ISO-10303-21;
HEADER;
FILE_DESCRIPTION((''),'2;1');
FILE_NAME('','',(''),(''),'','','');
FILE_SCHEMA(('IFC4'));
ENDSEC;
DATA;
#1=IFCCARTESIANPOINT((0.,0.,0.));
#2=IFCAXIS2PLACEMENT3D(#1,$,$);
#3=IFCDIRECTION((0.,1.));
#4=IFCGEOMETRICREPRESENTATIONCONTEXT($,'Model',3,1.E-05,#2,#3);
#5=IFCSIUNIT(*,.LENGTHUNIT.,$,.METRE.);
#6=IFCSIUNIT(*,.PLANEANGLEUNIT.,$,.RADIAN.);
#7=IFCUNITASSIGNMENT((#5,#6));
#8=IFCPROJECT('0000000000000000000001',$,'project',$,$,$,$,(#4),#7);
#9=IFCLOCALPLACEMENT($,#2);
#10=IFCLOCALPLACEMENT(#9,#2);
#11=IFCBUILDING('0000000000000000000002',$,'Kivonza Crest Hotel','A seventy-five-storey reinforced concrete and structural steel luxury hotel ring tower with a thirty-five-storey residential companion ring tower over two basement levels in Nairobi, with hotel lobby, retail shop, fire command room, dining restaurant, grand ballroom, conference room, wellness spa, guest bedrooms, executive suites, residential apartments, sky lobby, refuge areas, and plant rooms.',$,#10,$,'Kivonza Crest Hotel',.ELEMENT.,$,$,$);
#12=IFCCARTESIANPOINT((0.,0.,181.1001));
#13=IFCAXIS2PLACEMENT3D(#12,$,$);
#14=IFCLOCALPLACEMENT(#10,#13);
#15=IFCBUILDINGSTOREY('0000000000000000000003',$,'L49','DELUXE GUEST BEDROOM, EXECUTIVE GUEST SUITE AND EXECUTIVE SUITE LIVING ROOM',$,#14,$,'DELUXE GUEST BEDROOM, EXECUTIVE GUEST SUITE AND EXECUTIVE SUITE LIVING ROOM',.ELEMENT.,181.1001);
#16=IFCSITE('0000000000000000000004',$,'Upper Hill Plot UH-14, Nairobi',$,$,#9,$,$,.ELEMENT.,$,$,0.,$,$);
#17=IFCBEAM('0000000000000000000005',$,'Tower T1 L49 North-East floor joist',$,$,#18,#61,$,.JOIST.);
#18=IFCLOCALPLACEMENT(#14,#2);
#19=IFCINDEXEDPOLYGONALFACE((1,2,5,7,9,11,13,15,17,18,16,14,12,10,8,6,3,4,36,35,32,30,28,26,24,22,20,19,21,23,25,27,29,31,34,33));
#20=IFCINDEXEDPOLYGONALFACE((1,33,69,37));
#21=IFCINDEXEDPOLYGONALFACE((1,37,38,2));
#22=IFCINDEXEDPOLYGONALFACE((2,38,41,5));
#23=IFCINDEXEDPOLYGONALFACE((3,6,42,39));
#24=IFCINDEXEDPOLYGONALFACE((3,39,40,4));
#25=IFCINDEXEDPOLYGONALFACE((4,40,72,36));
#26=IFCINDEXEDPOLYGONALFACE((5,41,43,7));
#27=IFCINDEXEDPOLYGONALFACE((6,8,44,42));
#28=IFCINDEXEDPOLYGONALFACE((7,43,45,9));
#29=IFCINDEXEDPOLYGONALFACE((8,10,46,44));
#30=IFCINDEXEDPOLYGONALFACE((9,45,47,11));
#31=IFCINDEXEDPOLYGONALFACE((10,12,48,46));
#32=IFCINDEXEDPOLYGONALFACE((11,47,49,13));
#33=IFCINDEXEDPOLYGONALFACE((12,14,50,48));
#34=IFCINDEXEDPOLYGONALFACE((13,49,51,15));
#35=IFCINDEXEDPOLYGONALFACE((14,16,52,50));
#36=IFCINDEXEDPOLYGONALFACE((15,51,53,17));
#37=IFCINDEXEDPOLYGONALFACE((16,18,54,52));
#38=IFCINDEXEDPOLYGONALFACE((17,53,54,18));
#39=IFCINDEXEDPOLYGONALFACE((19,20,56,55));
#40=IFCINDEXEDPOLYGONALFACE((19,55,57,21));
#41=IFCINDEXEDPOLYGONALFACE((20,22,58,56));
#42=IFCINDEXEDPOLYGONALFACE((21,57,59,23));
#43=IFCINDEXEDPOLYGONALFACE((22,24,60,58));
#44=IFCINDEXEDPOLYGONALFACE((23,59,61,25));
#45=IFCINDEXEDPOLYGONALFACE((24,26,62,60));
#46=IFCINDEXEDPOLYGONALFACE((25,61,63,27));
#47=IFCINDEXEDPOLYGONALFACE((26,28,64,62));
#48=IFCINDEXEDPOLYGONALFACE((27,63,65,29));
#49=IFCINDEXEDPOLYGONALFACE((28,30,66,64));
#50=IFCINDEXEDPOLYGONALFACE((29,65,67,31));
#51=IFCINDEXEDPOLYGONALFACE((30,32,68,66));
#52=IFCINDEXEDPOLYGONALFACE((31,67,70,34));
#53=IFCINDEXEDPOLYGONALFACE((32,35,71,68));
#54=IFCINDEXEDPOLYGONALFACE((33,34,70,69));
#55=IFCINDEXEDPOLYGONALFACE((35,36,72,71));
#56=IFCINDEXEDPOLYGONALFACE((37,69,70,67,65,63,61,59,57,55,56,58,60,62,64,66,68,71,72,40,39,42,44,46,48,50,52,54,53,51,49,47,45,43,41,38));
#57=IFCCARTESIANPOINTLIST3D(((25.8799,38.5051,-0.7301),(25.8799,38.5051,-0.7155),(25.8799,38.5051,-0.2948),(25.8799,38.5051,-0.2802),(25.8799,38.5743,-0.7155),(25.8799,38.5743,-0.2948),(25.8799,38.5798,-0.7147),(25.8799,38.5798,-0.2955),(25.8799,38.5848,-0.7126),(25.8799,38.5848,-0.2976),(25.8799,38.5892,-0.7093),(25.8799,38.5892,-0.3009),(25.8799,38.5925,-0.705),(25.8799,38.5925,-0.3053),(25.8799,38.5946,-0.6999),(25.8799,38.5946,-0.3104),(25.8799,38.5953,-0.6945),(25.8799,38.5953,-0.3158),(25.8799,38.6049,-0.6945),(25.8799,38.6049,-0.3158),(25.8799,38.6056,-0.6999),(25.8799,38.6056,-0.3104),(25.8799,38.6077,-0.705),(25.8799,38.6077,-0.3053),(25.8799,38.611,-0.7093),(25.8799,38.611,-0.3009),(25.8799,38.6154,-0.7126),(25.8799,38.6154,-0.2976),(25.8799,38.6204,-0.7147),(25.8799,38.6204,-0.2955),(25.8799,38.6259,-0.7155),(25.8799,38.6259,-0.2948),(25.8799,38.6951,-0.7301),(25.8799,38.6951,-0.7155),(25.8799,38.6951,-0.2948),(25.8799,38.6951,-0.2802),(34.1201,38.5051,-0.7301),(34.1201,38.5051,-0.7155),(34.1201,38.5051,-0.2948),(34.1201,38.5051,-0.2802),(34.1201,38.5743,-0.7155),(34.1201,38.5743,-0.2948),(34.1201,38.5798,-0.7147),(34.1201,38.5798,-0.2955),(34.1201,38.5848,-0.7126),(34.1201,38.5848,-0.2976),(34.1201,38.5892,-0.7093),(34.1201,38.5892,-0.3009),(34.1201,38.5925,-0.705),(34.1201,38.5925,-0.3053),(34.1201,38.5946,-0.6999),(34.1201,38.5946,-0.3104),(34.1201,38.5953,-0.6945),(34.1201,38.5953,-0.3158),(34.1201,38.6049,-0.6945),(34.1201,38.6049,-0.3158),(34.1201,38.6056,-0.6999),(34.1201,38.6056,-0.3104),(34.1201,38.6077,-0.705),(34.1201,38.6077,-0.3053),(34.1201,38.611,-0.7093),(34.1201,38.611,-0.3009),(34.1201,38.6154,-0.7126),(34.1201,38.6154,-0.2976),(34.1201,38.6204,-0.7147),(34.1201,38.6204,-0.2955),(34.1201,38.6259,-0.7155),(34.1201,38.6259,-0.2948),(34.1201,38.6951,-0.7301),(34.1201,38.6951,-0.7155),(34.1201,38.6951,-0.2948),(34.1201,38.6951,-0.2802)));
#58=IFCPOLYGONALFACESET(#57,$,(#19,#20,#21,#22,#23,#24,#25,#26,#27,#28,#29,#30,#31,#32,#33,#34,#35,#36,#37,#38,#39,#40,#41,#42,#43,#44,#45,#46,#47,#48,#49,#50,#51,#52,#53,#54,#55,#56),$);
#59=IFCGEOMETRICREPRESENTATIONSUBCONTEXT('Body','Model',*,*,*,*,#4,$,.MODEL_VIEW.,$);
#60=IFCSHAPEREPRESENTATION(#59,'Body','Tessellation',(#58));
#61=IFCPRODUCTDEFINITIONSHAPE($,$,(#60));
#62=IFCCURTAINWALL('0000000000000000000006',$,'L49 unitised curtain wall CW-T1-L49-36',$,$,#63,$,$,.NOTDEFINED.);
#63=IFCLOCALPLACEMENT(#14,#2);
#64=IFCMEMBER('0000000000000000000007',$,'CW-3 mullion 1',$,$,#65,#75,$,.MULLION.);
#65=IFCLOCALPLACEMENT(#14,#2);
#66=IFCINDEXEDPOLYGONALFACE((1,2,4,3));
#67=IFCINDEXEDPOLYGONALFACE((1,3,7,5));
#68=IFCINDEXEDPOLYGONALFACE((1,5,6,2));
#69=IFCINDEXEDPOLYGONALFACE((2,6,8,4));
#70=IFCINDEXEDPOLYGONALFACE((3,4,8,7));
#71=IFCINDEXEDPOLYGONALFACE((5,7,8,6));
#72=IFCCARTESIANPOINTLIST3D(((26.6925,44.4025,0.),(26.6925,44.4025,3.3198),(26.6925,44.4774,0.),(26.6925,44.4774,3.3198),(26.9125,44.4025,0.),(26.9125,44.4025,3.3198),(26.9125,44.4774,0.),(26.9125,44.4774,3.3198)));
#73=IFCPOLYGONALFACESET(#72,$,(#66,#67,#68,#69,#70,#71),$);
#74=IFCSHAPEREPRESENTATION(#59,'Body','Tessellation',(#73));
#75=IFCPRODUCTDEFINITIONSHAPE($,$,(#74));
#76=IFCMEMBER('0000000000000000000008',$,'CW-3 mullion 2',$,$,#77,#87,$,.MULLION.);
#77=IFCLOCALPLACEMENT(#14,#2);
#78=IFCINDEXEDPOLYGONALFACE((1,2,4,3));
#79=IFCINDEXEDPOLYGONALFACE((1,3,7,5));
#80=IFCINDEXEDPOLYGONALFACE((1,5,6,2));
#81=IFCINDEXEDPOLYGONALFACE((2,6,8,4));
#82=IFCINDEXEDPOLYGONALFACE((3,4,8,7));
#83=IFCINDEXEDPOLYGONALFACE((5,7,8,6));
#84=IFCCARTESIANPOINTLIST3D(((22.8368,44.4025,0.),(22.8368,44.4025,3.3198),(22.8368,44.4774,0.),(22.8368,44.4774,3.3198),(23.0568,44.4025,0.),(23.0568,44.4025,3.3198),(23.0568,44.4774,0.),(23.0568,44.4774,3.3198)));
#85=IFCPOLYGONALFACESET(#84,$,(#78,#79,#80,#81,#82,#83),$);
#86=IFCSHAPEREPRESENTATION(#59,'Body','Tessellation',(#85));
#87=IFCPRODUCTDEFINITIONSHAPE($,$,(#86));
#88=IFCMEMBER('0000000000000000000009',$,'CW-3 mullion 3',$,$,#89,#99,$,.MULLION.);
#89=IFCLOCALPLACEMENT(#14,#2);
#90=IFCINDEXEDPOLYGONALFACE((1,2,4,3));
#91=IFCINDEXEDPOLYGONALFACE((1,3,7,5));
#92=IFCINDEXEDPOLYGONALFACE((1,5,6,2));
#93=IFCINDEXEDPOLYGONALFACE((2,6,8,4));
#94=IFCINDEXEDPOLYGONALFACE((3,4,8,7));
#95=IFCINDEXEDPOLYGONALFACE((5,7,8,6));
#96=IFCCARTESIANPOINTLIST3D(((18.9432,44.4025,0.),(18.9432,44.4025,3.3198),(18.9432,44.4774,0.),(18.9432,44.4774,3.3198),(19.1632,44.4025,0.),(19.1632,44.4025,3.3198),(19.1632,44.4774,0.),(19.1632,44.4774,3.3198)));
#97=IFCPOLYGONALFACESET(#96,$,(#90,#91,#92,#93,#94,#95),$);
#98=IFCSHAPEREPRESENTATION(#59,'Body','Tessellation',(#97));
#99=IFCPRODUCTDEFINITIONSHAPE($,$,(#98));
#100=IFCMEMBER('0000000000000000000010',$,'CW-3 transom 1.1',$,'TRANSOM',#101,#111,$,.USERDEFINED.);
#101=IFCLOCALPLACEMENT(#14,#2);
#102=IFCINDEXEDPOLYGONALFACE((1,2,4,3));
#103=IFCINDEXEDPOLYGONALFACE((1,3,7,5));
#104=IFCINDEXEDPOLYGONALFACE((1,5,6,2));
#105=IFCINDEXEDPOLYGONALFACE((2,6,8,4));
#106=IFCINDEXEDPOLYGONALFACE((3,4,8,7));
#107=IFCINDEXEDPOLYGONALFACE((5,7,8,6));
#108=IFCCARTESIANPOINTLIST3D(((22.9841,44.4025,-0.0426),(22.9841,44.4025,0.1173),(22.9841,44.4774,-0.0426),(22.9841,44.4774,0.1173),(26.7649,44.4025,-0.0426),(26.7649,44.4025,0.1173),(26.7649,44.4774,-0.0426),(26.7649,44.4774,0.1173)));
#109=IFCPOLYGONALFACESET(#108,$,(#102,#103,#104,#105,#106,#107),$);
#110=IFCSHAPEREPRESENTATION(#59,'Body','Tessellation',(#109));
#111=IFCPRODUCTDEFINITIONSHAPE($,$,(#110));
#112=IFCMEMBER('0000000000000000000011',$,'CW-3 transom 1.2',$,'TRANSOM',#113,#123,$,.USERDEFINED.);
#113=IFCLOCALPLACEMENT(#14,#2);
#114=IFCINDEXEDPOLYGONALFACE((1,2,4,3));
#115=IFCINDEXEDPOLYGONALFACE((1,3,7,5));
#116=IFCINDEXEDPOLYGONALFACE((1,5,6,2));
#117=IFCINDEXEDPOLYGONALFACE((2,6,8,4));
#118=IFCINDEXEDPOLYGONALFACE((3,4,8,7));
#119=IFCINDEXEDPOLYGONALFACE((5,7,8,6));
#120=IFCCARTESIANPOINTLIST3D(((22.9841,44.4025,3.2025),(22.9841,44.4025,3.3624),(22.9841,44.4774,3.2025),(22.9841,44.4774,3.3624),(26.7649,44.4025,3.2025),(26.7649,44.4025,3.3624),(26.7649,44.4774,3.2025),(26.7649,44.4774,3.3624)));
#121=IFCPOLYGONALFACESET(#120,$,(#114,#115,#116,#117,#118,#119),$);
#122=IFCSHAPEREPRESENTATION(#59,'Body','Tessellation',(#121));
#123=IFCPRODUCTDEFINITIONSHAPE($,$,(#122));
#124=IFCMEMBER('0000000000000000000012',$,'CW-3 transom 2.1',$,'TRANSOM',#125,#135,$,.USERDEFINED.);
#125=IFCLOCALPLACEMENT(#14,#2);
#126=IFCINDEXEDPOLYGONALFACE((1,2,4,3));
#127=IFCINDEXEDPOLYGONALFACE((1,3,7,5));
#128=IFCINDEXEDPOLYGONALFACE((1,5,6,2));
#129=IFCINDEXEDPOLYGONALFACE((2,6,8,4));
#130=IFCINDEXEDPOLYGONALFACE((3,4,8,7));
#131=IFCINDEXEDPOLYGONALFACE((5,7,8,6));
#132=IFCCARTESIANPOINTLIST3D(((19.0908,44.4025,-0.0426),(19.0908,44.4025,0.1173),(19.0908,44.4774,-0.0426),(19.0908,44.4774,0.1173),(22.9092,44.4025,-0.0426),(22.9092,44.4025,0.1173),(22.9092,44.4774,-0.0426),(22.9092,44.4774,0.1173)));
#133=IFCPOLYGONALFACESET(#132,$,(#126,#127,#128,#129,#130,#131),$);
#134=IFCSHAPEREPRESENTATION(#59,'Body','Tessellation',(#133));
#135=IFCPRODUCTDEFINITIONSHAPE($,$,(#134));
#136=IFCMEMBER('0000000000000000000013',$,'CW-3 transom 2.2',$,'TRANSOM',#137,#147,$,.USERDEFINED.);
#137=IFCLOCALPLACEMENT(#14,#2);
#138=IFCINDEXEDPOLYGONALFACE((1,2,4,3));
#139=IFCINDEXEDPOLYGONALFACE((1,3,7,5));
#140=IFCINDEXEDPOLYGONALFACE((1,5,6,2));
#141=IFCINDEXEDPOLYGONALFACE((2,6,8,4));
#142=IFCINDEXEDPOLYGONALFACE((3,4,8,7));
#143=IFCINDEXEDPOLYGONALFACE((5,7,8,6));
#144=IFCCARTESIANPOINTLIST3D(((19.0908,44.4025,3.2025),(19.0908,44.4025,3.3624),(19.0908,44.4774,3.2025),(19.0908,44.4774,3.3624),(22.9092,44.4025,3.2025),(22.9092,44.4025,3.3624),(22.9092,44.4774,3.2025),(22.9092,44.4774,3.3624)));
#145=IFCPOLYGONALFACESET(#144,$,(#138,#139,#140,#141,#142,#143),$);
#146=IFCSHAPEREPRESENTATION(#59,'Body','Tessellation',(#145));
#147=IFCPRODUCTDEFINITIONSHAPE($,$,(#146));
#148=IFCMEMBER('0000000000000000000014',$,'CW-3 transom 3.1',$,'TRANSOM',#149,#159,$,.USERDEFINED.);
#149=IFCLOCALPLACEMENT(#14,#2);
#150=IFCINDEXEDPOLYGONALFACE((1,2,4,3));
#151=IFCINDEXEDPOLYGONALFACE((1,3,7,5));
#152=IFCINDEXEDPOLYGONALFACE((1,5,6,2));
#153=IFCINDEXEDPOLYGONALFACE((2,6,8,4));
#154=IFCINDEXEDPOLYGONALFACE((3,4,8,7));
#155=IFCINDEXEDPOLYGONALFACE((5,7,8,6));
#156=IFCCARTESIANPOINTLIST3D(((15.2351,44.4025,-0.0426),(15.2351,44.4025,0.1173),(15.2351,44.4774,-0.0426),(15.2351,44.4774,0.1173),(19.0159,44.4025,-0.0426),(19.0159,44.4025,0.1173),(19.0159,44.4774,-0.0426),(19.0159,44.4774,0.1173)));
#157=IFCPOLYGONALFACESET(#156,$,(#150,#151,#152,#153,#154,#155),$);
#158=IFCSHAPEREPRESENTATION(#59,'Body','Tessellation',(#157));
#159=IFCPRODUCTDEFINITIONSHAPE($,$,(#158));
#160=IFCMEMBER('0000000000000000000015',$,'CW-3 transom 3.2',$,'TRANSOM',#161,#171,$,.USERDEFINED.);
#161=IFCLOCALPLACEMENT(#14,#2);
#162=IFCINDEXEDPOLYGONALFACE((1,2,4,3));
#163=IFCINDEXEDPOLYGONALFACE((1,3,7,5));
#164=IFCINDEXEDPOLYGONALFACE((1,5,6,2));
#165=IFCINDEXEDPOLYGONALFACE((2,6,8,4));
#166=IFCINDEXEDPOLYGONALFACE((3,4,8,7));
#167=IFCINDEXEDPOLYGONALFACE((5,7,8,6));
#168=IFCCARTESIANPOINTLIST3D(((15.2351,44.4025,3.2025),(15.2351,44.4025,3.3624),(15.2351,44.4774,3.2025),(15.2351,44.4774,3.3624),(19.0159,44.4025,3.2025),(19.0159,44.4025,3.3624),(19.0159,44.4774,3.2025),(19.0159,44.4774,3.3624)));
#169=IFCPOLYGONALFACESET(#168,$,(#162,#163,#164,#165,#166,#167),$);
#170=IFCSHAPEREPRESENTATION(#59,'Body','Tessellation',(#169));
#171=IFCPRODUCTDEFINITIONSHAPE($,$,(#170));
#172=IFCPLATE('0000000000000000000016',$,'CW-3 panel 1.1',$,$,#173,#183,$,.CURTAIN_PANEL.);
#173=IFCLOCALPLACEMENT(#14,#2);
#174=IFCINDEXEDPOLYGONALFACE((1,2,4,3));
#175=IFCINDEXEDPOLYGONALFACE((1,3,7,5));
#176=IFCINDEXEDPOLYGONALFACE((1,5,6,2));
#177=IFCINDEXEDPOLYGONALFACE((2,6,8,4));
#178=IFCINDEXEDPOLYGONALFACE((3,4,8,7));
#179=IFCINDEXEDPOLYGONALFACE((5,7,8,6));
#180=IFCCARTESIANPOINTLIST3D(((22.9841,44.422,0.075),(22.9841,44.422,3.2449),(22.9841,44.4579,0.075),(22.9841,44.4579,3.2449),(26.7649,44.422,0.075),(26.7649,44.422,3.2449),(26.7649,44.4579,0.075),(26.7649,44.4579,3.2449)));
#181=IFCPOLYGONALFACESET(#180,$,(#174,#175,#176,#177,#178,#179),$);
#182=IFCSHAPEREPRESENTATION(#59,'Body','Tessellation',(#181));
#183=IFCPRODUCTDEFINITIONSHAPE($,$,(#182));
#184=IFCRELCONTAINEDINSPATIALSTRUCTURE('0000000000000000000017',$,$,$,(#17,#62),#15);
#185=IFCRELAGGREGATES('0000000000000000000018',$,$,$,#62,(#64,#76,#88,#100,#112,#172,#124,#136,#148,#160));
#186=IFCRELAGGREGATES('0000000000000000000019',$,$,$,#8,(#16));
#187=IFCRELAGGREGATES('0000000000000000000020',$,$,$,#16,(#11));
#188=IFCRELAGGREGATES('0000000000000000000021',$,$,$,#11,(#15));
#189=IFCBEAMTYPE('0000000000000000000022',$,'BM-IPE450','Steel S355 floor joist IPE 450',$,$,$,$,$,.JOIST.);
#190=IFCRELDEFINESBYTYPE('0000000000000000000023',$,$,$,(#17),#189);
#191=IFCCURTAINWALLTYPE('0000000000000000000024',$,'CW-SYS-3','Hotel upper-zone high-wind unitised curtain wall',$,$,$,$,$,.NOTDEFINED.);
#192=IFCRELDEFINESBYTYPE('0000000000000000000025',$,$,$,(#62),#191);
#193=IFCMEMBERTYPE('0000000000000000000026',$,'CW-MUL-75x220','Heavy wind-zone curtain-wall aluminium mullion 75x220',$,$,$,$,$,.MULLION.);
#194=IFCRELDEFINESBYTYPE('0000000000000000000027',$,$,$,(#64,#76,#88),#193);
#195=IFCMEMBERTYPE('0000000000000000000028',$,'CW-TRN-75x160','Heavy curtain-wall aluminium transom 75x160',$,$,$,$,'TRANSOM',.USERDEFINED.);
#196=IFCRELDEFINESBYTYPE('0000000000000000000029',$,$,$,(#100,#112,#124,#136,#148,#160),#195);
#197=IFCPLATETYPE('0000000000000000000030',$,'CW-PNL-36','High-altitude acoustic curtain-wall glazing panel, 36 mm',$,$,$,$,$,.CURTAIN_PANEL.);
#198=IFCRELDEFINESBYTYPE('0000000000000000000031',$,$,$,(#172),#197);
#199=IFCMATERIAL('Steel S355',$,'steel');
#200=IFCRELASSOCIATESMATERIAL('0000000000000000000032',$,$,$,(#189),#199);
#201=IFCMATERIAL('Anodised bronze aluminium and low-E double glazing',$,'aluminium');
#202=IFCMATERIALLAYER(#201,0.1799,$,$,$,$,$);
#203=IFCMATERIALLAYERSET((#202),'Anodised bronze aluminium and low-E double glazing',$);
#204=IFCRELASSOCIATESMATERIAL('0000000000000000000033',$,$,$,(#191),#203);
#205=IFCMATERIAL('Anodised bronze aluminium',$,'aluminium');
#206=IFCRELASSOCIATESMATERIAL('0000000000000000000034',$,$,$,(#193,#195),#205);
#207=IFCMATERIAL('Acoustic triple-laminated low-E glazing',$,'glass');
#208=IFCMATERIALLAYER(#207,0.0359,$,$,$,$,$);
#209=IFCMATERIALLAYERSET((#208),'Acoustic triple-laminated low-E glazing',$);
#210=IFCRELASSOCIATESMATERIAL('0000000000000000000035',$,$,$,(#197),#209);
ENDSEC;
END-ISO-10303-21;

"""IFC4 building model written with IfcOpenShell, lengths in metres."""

from ifc_helpers import new_model, si_unit, direction, frame, origin, origin_2d, place, context, subcontext, project, spatial, rectangle, i_section, extrude, material, layer, layer_set, material_profile, profile_set, type_object, element, aggregate, save


model = new_model("IFC4")

# Units and contexts
model_context = context("Model", 3, precision=1e-05, world=origin(), true_north=direction((0.0, 1.0)))
body_context = subcontext(model_context, "Body", "Model", "MODEL_VIEW")
ifc_project = project(units=[si_unit("LENGTHUNIT", "METRE"), si_unit("PLANEANGLEUNIT", "RADIAN")], contexts=[model_context])

# Site, building, storey
site_placement = place(None, origin())
site = spatial("IfcSite", under=ifc_project, at=site_placement, Name="Upper Hill Plot UH-14, Nairobi", CompositionType="ELEMENT", RefElevation=0.0)
building_placement = place(site_placement, origin())
building = spatial("IfcBuilding", under=site, at=building_placement, Name="Kivonza Crest Hotel", Description="A seventy-five-storey reinforced concrete and structural steel luxury hotel ring tower with a thirty-five-storey residential companion ring tower over two basement levels in Nairobi, with hotel lobby, retail shop, fire command room, dining restaurant, grand ballroom, conference room, wellness spa, guest bedrooms, executive suites, residential apartments, sky lobby, refuge areas, and plant rooms.", LongName="Kivonza Crest Hotel", CompositionType="ELEMENT")
storey_placement = place(building_placement, frame((0.0, 0.0, 181.1001)))
storey = spatial("IfcBuildingStorey", under=building, at=storey_placement, Name="L49", Description="DELUXE GUEST BEDROOM, EXECUTIVE GUEST SUITE AND EXECUTIVE SUITE LIVING ROOM", LongName="DELUXE GUEST BEDROOM, EXECUTIVE GUEST SUITE AND EXECUTIVE SUITE LIVING ROOM", CompositionType="ELEMENT", Elevation=181.1001)

# Beam
ifc_material_1 = material(Name="Steel S355", Category="steel")
ifc_material_profile_1 = material_profile(ifc_material_1, i_section(OverallWidth=0.1899, OverallDepth=0.45, WebThickness=0.0095, FlangeThickness=0.0146, FilletRadius=0.021, at=origin_2d()), Name="IPE 450")
ifc_profile_set_1 = profile_set([ifc_material_profile_1], Name="Steel S355")
beam_type_1 = type_object("IfcBeamType", Name="BM-IPE450", Description="Steel S355 floor joist IPE 450", PredefinedType="JOIST", material=ifc_profile_set_1)
beam_1_placement = place(storey_placement, frame((25.8799, 38.6001, -0.5051), z_axis=(1.0, 0.0, 0.0), x_axis=(0.0, 1.0, 0.0)))
element("IfcBeam", 1, at=beam_1_placement, inside=storey, type_object=beam_type_1, Name="Tower T1 L49 North-East floor joist", PredefinedType="JOIST", context=body_context, shape_type="SweptSolid", body=[
    extrude(i_section(OverallWidth=0.1899, OverallDepth=0.45, WebThickness=0.0095, FlangeThickness=0.0146, FilletRadius=0.021, at=origin_2d()), origin(), (0.0, 0.0, 1.0), 8.2402),
])

# Curtain wall, members, plate
ifc_material_2 = material(Name="Anodised bronze aluminium and low-E double glazing", Category="aluminium")
ifc_layer_1 = layer(ifc_material_2, 0.1799)
ifc_layer_set_1 = layer_set([ifc_layer_1], Name="Anodised bronze aluminium and low-E double glazing")
curtain_wall_type = type_object("IfcCurtainWallType", Name="CW-SYS-3", Description="Hotel upper-zone high-wind unitised curtain wall", PredefinedType="NOTDEFINED", material=ifc_layer_set_1)
curtain_wall_placement = place(storey_placement, origin())
curtain_wall = element("IfcCurtainWall", 2, at=curtain_wall_placement, inside=storey, type_object=curtain_wall_type, Name="L49 unitised curtain wall CW-T1-L49-36", PredefinedType="NOTDEFINED")
ifc_material_3 = material(Name="Anodised bronze aluminium", Category="aluminium")
ifc_material_profile_2 = material_profile(ifc_material_3, rectangle(XDim=0.075, YDim=0.22, at=origin_2d()), Name="CW-M 75x220")
ifc_profile_set_2 = profile_set([ifc_material_profile_2], Name="Anodised bronze aluminium")
member_type_1 = type_object("IfcMemberType", Name="CW-MUL-75x220", Description="Heavy wind-zone curtain-wall aluminium mullion 75x220", PredefinedType="MULLION", material=ifc_profile_set_2)
member_1_placement = place(storey_placement, frame((26.8025, 44.4399, 0.0), z_axis=(0.0, 0.0, 1.0), x_axis=(0.0, -1.0, 0.0)))
member_1 = element("IfcMember", 3, at=member_1_placement, type_object=member_type_1, Name="CW-3 mullion 1", PredefinedType="MULLION", context=body_context, shape_type="SweptSolid", body=[
    extrude(rectangle(XDim=0.075, YDim=0.22, at=origin_2d()), origin(), (0.0, 0.0, 1.0), 3.3198),
])
member_2_placement = place(storey_placement, frame((22.9468, 44.4399, 0.0), z_axis=(0.0, 0.0, 1.0), x_axis=(0.0, -1.0, 0.0)))
member_2 = element("IfcMember", 4, at=member_2_placement, type_object=member_type_1, Name="CW-3 mullion 2", PredefinedType="MULLION", context=body_context, shape_type="SweptSolid", body=[
    extrude(rectangle(XDim=0.075, YDim=0.22, at=origin_2d()), origin(), (0.0, 0.0, 1.0), 3.3198),
])
member_3_placement = place(storey_placement, frame((19.0532, 44.4399, 0.0), z_axis=(0.0, 0.0, 1.0), x_axis=(0.0, -1.0, 0.0)))
member_3 = element("IfcMember", 5, at=member_3_placement, type_object=member_type_1, Name="CW-3 mullion 3", PredefinedType="MULLION", context=body_context, shape_type="SweptSolid", body=[
    extrude(rectangle(XDim=0.075, YDim=0.22, at=origin_2d()), origin(), (0.0, 0.0, 1.0), 3.3198),
])
ifc_material_profile_3 = material_profile(ifc_material_3, rectangle(XDim=0.075, YDim=0.1599, at=origin_2d()), Name="CW-T 75x160")
ifc_profile_set_3 = profile_set([ifc_material_profile_3], Name="Anodised bronze aluminium")
member_type_2 = type_object("IfcMemberType", Name="CW-TRN-75x160", Description="Heavy curtain-wall aluminium transom 75x160", ElementType="TRANSOM", PredefinedType="USERDEFINED", material=ifc_profile_set_3)
member_4_placement = place(storey_placement, frame((26.7649, 44.4399, 0.0374), z_axis=(-1.0, 0.0, 0.0), x_axis=(0.0, -1.0, 0.0)))
member_4 = element("IfcMember", 6, at=member_4_placement, type_object=member_type_2, Name="CW-3 transom 1.1", ObjectType="TRANSOM", PredefinedType="USERDEFINED", context=body_context, shape_type="SweptSolid", body=[
    extrude(rectangle(XDim=0.075, YDim=0.1599, at=origin_2d()), origin(), (0.0, 0.0, 1.0), 3.7808),
])
member_5_placement = place(storey_placement, frame((26.7649, 44.4399, 3.2825), z_axis=(-1.0, 0.0, 0.0), x_axis=(0.0, -1.0, 0.0)))
member_5 = element("IfcMember", 7, at=member_5_placement, type_object=member_type_2, Name="CW-3 transom 1.2", ObjectType="TRANSOM", PredefinedType="USERDEFINED", context=body_context, shape_type="SweptSolid", body=[
    extrude(rectangle(XDim=0.075, YDim=0.1599, at=origin_2d()), origin(), (0.0, 0.0, 1.0), 3.7808),
])
member_6_placement = place(storey_placement, frame((22.9092, 44.4399, 0.0374), z_axis=(-1.0, 0.0, 0.0), x_axis=(0.0, -1.0, 0.0)))
member_6 = element("IfcMember", 8, at=member_6_placement, type_object=member_type_2, Name="CW-3 transom 2.1", ObjectType="TRANSOM", PredefinedType="USERDEFINED", context=body_context, shape_type="SweptSolid", body=[
    extrude(rectangle(XDim=0.075, YDim=0.1599, at=origin_2d()), origin(), (0.0, 0.0, 1.0), 3.8184),
])
member_7_placement = place(storey_placement, frame((22.9092, 44.4399, 3.2825), z_axis=(-1.0, 0.0, 0.0), x_axis=(0.0, -1.0, 0.0)))
member_7 = element("IfcMember", 9, at=member_7_placement, type_object=member_type_2, Name="CW-3 transom 2.2", ObjectType="TRANSOM", PredefinedType="USERDEFINED", context=body_context, shape_type="SweptSolid", body=[
    extrude(rectangle(XDim=0.075, YDim=0.1599, at=origin_2d()), origin(), (0.0, 0.0, 1.0), 3.8184),
])
member_8_placement = place(storey_placement, frame((19.0159, 44.4399, 0.0374), z_axis=(-1.0, 0.0, 0.0), x_axis=(0.0, -1.0, 0.0)))
member_8 = element("IfcMember", 10, at=member_8_placement, type_object=member_type_2, Name="CW-3 transom 3.1", ObjectType="TRANSOM", PredefinedType="USERDEFINED", context=body_context, shape_type="SweptSolid", body=[
    extrude(rectangle(XDim=0.075, YDim=0.1599, at=origin_2d()), origin(), (0.0, 0.0, 1.0), 3.7808),
])
member_9_placement = place(storey_placement, frame((19.0159, 44.4399, 3.2825), z_axis=(-1.0, 0.0, 0.0), x_axis=(0.0, -1.0, 0.0)))
member_9 = element("IfcMember", 11, at=member_9_placement, type_object=member_type_2, Name="CW-3 transom 3.2", ObjectType="TRANSOM", PredefinedType="USERDEFINED", context=body_context, shape_type="SweptSolid", body=[
    extrude(rectangle(XDim=0.075, YDim=0.1599, at=origin_2d()), origin(), (0.0, 0.0, 1.0), 3.7808),
])
ifc_material_4 = material(Name="Acoustic triple-laminated low-E glazing", Category="glass")
ifc_layer_2 = layer(ifc_material_4, 0.0359)
ifc_layer_set_2 = layer_set([ifc_layer_2], Name="Acoustic triple-laminated low-E glazing")
plate_type = type_object("IfcPlateType", Name="CW-PNL-36", Description="High-altitude acoustic curtain-wall glazing panel, 36 mm", PredefinedType="CURTAIN_PANEL", material=ifc_layer_set_2)
plate_1_placement = place(storey_placement, frame((24.8745, 44.4399, 0.075), z_axis=(0.0, 0.0, 1.0), x_axis=(-1.0, 0.0, 0.0)))
plate_1 = element("IfcPlate", 12, at=plate_1_placement, type_object=plate_type, Name="CW-3 panel 1.1", PredefinedType="CURTAIN_PANEL", context=body_context, shape_type="SweptSolid", body=[
    extrude(rectangle(XDim=3.7808, YDim=0.0359, at=origin_2d()), origin(), (0.0, 0.0, 1.0), 3.1699),
])
aggregate(curtain_wall, [member_1, member_2, member_3, member_4, member_5, plate_1, member_6, member_7, member_8, member_9])

save(model, "model.ifc")
